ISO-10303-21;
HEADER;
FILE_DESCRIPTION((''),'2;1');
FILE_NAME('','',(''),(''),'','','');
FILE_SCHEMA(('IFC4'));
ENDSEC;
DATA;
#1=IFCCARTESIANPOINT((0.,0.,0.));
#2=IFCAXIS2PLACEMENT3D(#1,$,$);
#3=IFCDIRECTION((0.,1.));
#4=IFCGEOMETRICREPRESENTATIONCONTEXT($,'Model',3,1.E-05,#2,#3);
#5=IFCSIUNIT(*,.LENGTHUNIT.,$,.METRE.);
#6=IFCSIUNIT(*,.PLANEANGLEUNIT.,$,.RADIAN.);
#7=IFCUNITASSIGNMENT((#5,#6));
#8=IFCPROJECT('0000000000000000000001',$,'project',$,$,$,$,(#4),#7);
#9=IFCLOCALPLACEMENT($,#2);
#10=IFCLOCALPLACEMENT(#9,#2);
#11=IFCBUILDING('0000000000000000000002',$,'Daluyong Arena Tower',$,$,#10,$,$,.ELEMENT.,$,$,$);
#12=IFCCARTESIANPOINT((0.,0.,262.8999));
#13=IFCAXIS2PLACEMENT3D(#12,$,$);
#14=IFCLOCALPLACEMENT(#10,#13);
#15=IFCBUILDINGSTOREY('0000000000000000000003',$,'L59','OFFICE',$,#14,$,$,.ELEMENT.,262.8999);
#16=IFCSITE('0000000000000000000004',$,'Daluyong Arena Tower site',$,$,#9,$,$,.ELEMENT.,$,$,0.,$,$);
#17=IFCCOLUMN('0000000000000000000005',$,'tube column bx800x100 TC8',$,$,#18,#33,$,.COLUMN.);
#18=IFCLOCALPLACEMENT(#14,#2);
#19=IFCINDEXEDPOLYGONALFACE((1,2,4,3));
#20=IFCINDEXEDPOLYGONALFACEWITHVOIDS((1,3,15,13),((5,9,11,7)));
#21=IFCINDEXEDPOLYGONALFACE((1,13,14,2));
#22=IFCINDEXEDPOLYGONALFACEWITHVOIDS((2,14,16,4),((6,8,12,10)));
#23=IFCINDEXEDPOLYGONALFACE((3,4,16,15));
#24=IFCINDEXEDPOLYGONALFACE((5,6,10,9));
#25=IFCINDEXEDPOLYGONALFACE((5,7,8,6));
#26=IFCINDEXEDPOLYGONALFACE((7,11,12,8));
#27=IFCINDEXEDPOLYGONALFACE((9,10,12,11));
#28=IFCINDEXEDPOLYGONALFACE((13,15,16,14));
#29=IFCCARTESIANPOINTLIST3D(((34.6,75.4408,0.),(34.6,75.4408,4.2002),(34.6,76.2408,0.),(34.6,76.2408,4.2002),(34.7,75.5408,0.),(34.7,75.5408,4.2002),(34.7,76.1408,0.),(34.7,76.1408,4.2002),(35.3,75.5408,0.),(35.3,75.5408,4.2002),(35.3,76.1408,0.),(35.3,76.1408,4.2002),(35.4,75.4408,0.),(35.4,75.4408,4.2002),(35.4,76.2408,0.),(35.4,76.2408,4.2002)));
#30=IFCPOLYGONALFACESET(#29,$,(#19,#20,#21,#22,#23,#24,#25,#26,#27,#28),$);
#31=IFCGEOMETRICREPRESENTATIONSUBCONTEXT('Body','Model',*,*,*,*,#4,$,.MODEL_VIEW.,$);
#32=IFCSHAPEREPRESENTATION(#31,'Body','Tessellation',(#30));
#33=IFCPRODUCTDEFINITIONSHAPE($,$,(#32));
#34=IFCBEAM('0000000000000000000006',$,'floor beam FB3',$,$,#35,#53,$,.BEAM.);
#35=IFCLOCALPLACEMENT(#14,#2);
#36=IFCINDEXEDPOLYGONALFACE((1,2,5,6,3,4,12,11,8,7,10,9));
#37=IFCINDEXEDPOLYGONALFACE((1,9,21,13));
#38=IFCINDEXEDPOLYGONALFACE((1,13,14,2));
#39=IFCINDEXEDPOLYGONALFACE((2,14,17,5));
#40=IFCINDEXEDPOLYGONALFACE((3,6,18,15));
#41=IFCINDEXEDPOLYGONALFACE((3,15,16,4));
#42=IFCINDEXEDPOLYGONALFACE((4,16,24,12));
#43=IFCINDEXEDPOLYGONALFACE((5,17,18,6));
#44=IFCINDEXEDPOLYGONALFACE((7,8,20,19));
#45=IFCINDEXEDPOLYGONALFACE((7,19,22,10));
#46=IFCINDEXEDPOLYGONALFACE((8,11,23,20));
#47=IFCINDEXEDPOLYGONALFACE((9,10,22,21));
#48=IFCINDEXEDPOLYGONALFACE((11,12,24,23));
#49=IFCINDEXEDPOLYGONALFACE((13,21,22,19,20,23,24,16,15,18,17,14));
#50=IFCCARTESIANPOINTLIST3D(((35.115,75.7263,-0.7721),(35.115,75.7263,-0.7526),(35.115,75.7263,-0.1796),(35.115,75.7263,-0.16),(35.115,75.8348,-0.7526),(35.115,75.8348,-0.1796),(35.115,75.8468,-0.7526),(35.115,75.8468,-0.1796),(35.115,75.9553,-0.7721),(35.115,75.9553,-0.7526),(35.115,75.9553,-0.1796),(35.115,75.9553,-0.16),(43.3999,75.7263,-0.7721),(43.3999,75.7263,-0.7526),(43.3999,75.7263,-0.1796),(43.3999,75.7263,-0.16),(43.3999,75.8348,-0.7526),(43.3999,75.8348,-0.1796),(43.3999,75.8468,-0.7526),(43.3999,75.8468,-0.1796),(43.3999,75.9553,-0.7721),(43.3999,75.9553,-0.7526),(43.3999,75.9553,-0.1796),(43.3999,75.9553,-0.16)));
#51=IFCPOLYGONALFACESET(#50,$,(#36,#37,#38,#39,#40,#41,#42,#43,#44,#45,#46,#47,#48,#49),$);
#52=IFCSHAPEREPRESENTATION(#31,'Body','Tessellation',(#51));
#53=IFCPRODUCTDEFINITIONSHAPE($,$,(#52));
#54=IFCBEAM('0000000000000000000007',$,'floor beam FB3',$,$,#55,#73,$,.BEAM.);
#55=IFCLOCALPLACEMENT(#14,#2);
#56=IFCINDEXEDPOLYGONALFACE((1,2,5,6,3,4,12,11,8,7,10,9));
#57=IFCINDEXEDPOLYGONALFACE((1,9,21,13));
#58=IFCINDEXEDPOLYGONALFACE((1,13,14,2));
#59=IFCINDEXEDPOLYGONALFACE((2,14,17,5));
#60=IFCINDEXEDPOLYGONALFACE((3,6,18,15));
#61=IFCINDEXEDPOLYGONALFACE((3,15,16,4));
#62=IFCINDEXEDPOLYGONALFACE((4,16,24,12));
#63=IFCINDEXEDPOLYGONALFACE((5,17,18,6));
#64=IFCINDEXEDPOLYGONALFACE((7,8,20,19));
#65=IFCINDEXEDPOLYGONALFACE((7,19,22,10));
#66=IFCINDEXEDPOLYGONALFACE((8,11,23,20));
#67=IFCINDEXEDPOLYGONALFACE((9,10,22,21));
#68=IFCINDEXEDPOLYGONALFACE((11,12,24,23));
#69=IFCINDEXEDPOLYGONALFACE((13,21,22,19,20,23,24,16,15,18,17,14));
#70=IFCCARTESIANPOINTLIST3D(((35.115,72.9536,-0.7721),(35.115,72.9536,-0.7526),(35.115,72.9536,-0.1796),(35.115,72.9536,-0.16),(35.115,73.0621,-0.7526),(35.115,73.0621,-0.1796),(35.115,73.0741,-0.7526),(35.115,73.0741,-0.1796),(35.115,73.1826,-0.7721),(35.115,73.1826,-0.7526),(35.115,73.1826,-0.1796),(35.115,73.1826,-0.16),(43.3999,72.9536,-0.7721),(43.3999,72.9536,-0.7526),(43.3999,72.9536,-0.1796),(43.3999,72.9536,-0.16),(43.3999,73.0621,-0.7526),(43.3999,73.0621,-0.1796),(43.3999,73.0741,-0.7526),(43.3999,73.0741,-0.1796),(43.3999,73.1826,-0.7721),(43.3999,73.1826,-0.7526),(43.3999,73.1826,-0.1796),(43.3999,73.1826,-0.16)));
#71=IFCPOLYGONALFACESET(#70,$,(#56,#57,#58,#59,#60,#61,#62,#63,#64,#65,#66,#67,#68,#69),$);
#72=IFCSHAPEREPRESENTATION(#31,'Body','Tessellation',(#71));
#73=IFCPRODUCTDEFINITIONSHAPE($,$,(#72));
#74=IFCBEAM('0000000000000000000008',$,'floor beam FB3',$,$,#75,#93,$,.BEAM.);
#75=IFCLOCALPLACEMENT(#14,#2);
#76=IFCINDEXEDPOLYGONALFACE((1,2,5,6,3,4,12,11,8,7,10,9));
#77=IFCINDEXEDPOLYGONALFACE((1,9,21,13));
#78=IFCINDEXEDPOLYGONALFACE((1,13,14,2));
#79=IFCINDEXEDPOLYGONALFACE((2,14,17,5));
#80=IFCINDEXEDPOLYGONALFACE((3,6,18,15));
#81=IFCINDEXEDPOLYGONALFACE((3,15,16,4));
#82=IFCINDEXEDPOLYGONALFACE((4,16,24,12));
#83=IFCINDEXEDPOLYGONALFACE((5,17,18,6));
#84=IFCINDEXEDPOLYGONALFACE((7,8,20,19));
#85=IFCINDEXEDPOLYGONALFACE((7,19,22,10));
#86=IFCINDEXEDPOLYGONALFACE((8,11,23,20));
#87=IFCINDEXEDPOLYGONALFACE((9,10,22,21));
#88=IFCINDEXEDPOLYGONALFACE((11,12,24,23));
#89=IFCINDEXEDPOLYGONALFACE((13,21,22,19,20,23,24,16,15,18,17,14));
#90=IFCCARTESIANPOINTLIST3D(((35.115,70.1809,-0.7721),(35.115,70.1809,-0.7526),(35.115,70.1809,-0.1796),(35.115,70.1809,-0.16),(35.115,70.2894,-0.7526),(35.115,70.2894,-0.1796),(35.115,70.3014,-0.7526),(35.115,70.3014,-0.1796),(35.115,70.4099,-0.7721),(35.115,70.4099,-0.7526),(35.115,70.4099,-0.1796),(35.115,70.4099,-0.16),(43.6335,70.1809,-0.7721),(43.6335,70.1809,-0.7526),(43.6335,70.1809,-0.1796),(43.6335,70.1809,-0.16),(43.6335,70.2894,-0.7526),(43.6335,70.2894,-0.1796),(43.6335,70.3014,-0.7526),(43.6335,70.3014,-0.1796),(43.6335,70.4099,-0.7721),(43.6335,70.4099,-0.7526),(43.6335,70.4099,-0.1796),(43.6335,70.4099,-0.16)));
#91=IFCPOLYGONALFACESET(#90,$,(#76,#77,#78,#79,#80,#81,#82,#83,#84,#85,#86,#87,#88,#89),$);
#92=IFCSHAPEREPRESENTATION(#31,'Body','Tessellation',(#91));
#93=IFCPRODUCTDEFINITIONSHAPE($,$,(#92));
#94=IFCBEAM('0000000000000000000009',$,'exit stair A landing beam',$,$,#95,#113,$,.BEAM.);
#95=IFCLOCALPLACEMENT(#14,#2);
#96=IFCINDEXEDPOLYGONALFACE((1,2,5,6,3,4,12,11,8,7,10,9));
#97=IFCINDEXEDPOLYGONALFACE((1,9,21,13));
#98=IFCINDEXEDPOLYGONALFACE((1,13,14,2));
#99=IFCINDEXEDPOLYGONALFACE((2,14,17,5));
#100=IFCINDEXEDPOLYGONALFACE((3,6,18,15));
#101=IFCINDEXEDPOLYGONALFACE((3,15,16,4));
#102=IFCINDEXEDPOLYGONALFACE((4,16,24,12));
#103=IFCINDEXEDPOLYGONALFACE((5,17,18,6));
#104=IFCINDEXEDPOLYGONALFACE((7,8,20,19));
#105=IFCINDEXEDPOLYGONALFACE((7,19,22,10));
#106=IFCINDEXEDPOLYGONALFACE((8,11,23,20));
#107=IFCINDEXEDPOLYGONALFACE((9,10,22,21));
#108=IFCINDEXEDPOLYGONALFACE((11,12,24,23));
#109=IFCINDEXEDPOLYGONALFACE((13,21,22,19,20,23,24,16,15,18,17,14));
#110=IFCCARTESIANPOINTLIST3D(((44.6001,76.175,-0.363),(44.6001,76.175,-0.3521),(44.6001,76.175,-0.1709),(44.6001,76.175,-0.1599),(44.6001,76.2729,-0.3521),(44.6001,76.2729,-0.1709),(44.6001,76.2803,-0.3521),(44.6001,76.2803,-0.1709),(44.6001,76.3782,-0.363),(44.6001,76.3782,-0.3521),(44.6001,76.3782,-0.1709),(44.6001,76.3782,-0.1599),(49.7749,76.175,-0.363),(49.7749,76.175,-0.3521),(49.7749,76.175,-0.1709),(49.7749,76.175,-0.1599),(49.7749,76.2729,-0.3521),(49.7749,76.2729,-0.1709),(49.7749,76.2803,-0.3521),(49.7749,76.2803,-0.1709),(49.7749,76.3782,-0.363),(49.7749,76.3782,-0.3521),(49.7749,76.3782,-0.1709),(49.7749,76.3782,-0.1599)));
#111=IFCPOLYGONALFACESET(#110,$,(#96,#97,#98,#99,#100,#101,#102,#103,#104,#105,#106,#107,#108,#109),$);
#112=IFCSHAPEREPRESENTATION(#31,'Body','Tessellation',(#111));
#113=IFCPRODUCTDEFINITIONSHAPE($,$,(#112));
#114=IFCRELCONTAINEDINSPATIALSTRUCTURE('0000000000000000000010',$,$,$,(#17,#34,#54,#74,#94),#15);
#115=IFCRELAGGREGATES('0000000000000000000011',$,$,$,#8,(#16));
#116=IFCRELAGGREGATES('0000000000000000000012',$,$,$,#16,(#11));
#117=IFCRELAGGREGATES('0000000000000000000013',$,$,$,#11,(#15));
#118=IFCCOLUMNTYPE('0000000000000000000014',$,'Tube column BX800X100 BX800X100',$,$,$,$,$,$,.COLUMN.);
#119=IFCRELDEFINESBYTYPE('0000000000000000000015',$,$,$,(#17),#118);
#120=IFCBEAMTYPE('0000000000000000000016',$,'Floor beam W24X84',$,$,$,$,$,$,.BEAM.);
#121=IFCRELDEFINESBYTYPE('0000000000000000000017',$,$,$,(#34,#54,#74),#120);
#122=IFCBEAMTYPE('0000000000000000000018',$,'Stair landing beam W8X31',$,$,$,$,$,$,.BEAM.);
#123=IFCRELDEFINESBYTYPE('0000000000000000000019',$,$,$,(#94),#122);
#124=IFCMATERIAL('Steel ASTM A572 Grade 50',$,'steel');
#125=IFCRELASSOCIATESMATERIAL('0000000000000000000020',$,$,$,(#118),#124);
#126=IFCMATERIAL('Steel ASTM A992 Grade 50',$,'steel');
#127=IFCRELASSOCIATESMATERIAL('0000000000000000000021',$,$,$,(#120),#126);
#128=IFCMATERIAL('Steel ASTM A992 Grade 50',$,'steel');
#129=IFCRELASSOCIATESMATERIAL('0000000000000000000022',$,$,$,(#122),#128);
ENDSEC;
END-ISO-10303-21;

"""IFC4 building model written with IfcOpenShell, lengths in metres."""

from ifc_helpers import new_model, si_unit, direction, frame, origin, origin_2d, place, context, subcontext, project, spatial, hollow_rectangle, i_section, extrude, material, material_profile, profile_set, type_object, element, save


model = new_model("IFC4")

# Units and contexts
model_context = context("Model", 3, precision=1e-05, world=origin(), true_north=direction((0.0, 1.0)))
body_context = subcontext(model_context, "Body", "Model", "MODEL_VIEW")
ifc_project = project(units=[si_unit("LENGTHUNIT", "METRE"), si_unit("PLANEANGLEUNIT", "RADIAN")], contexts=[model_context])

# Site, building, storey
site_placement = place(None, origin())
site = spatial("IfcSite", under=ifc_project, at=site_placement, Name="Daluyong Arena Tower site", CompositionType="ELEMENT", RefElevation=0.0)
building_placement = place(site_placement, origin())
building = spatial("IfcBuilding", under=site, at=building_placement, Name="Daluyong Arena Tower", CompositionType="ELEMENT")
storey_placement = place(building_placement, frame((0.0, 0.0, 262.8999)))
storey = spatial("IfcBuildingStorey", under=building, at=storey_placement, Name="L59", Description="OFFICE", CompositionType="ELEMENT", Elevation=262.8999)

# Column
ifc_material_1 = material(Name="Steel ASTM A572 Grade 50", Category="steel")
ifc_material_profile_1 = material_profile(ifc_material_1, hollow_rectangle(XDim=0.8, YDim=0.8, WallThickness=0.1, at=origin_2d()))
ifc_profile_set_1 = profile_set([ifc_material_profile_1], Name="Steel ASTM A572 Grade 50")
column_type = type_object("IfcColumnType", Name="Tube column BX800X100 BX800X100", PredefinedType="COLUMN", material=ifc_profile_set_1)
column_placement = place(storey_placement, frame((35.0, 75.8408, 0.0), z_axis=(0.0, 0.0, 1.0), x_axis=(0.0, 1.0, 0.0)))
element("IfcColumn", 1, at=column_placement, inside=storey, type_object=column_type, Name="tube column bx800x100 TC8", PredefinedType="COLUMN", context=body_context, shape_type="SweptSolid", body=[
    extrude(hollow_rectangle(XDim=0.8, YDim=0.8, WallThickness=0.1, at=origin_2d()), origin(), (0.0, 0.0, 1.0), 4.2002),
])

# Beams
ifc_material_2 = material(Name="Steel ASTM A992 Grade 50", Category="steel")
ifc_material_profile_2 = material_profile(ifc_material_2, i_section(OverallWidth=0.229, OverallDepth=0.6121, WebThickness=0.012, FlangeThickness=0.0195, at=origin_2d()))
ifc_profile_set_2 = profile_set([ifc_material_profile_2], Name="Steel ASTM A992 Grade 50")
beam_type_1 = type_object("IfcBeamType", Name="Floor beam W24X84", PredefinedType="BEAM", material=ifc_profile_set_2)
for number, where, z_axis, x_axis, name in (
    (2, (35.115, 75.8408, -0.4661), (1.0, 0.0, 0.0), (0.0, 1.0, 0.0), "floor beam FB3"),
    (3, (35.115, 73.0681, -0.4661), (1.0, 0.0, 0.0), (0.0, 1.0, 0.0), "floor beam FB3"),
):
    element("IfcBeam", number, at=place(storey_placement, frame(where, z_axis=z_axis, x_axis=x_axis)), inside=storey, type_object=beam_type_1, Name=name, PredefinedType="BEAM", context=body_context, shape_type="SweptSolid", body=[
        extrude(i_section(OverallWidth=0.229, OverallDepth=0.6121, WebThickness=0.012, FlangeThickness=0.0195, at=origin_2d()), origin(), (0.0, 0.0, 1.0), 8.2849),
    ])
beam_1_placement = place(storey_placement, frame((35.115, 70.2954, -0.4661), z_axis=(1.0, 0.0, 0.0), x_axis=(0.0, 1.0, 0.0)))
element("IfcBeam", 4, at=beam_1_placement, inside=storey, type_object=beam_type_1, Name="floor beam FB3", PredefinedType="BEAM", context=body_context, shape_type="SweptSolid", body=[
    extrude(i_section(OverallWidth=0.229, OverallDepth=0.6121, WebThickness=0.012, FlangeThickness=0.0195, at=origin_2d()), origin(), (0.0, 0.0, 1.0), 8.5186),
])
ifc_material_3 = material(Name="Steel ASTM A992 Grade 50", Category="steel")
ifc_material_profile_3 = material_profile(ifc_material_3, i_section(OverallWidth=0.2031, OverallDepth=0.2031, WebThickness=0.0073, FlangeThickness=0.011, at=origin_2d()))
ifc_profile_set_3 = profile_set([ifc_material_profile_3], Name="Steel ASTM A992 Grade 50")
beam_type_2 = type_object("IfcBeamType", Name="Stair landing beam W8X31", PredefinedType="BEAM", material=ifc_profile_set_3)
beam_2_placement = place(storey_placement, frame((44.6001, 76.2766, -0.2615), z_axis=(1.0, 0.0, 0.0), x_axis=(0.0, 1.0, 0.0)))
element("IfcBeam", 5, at=beam_2_placement, inside=storey, type_object=beam_type_2, Name="exit stair A landing beam", PredefinedType="BEAM", context=body_context, shape_type="SweptSolid", body=[
    extrude(i_section(OverallWidth=0.2031, OverallDepth=0.2031, WebThickness=0.0073, FlangeThickness=0.011, at=origin_2d()), origin(), (0.0, 0.0, 1.0), 5.1748),
])

save(model, "model.ifc")
